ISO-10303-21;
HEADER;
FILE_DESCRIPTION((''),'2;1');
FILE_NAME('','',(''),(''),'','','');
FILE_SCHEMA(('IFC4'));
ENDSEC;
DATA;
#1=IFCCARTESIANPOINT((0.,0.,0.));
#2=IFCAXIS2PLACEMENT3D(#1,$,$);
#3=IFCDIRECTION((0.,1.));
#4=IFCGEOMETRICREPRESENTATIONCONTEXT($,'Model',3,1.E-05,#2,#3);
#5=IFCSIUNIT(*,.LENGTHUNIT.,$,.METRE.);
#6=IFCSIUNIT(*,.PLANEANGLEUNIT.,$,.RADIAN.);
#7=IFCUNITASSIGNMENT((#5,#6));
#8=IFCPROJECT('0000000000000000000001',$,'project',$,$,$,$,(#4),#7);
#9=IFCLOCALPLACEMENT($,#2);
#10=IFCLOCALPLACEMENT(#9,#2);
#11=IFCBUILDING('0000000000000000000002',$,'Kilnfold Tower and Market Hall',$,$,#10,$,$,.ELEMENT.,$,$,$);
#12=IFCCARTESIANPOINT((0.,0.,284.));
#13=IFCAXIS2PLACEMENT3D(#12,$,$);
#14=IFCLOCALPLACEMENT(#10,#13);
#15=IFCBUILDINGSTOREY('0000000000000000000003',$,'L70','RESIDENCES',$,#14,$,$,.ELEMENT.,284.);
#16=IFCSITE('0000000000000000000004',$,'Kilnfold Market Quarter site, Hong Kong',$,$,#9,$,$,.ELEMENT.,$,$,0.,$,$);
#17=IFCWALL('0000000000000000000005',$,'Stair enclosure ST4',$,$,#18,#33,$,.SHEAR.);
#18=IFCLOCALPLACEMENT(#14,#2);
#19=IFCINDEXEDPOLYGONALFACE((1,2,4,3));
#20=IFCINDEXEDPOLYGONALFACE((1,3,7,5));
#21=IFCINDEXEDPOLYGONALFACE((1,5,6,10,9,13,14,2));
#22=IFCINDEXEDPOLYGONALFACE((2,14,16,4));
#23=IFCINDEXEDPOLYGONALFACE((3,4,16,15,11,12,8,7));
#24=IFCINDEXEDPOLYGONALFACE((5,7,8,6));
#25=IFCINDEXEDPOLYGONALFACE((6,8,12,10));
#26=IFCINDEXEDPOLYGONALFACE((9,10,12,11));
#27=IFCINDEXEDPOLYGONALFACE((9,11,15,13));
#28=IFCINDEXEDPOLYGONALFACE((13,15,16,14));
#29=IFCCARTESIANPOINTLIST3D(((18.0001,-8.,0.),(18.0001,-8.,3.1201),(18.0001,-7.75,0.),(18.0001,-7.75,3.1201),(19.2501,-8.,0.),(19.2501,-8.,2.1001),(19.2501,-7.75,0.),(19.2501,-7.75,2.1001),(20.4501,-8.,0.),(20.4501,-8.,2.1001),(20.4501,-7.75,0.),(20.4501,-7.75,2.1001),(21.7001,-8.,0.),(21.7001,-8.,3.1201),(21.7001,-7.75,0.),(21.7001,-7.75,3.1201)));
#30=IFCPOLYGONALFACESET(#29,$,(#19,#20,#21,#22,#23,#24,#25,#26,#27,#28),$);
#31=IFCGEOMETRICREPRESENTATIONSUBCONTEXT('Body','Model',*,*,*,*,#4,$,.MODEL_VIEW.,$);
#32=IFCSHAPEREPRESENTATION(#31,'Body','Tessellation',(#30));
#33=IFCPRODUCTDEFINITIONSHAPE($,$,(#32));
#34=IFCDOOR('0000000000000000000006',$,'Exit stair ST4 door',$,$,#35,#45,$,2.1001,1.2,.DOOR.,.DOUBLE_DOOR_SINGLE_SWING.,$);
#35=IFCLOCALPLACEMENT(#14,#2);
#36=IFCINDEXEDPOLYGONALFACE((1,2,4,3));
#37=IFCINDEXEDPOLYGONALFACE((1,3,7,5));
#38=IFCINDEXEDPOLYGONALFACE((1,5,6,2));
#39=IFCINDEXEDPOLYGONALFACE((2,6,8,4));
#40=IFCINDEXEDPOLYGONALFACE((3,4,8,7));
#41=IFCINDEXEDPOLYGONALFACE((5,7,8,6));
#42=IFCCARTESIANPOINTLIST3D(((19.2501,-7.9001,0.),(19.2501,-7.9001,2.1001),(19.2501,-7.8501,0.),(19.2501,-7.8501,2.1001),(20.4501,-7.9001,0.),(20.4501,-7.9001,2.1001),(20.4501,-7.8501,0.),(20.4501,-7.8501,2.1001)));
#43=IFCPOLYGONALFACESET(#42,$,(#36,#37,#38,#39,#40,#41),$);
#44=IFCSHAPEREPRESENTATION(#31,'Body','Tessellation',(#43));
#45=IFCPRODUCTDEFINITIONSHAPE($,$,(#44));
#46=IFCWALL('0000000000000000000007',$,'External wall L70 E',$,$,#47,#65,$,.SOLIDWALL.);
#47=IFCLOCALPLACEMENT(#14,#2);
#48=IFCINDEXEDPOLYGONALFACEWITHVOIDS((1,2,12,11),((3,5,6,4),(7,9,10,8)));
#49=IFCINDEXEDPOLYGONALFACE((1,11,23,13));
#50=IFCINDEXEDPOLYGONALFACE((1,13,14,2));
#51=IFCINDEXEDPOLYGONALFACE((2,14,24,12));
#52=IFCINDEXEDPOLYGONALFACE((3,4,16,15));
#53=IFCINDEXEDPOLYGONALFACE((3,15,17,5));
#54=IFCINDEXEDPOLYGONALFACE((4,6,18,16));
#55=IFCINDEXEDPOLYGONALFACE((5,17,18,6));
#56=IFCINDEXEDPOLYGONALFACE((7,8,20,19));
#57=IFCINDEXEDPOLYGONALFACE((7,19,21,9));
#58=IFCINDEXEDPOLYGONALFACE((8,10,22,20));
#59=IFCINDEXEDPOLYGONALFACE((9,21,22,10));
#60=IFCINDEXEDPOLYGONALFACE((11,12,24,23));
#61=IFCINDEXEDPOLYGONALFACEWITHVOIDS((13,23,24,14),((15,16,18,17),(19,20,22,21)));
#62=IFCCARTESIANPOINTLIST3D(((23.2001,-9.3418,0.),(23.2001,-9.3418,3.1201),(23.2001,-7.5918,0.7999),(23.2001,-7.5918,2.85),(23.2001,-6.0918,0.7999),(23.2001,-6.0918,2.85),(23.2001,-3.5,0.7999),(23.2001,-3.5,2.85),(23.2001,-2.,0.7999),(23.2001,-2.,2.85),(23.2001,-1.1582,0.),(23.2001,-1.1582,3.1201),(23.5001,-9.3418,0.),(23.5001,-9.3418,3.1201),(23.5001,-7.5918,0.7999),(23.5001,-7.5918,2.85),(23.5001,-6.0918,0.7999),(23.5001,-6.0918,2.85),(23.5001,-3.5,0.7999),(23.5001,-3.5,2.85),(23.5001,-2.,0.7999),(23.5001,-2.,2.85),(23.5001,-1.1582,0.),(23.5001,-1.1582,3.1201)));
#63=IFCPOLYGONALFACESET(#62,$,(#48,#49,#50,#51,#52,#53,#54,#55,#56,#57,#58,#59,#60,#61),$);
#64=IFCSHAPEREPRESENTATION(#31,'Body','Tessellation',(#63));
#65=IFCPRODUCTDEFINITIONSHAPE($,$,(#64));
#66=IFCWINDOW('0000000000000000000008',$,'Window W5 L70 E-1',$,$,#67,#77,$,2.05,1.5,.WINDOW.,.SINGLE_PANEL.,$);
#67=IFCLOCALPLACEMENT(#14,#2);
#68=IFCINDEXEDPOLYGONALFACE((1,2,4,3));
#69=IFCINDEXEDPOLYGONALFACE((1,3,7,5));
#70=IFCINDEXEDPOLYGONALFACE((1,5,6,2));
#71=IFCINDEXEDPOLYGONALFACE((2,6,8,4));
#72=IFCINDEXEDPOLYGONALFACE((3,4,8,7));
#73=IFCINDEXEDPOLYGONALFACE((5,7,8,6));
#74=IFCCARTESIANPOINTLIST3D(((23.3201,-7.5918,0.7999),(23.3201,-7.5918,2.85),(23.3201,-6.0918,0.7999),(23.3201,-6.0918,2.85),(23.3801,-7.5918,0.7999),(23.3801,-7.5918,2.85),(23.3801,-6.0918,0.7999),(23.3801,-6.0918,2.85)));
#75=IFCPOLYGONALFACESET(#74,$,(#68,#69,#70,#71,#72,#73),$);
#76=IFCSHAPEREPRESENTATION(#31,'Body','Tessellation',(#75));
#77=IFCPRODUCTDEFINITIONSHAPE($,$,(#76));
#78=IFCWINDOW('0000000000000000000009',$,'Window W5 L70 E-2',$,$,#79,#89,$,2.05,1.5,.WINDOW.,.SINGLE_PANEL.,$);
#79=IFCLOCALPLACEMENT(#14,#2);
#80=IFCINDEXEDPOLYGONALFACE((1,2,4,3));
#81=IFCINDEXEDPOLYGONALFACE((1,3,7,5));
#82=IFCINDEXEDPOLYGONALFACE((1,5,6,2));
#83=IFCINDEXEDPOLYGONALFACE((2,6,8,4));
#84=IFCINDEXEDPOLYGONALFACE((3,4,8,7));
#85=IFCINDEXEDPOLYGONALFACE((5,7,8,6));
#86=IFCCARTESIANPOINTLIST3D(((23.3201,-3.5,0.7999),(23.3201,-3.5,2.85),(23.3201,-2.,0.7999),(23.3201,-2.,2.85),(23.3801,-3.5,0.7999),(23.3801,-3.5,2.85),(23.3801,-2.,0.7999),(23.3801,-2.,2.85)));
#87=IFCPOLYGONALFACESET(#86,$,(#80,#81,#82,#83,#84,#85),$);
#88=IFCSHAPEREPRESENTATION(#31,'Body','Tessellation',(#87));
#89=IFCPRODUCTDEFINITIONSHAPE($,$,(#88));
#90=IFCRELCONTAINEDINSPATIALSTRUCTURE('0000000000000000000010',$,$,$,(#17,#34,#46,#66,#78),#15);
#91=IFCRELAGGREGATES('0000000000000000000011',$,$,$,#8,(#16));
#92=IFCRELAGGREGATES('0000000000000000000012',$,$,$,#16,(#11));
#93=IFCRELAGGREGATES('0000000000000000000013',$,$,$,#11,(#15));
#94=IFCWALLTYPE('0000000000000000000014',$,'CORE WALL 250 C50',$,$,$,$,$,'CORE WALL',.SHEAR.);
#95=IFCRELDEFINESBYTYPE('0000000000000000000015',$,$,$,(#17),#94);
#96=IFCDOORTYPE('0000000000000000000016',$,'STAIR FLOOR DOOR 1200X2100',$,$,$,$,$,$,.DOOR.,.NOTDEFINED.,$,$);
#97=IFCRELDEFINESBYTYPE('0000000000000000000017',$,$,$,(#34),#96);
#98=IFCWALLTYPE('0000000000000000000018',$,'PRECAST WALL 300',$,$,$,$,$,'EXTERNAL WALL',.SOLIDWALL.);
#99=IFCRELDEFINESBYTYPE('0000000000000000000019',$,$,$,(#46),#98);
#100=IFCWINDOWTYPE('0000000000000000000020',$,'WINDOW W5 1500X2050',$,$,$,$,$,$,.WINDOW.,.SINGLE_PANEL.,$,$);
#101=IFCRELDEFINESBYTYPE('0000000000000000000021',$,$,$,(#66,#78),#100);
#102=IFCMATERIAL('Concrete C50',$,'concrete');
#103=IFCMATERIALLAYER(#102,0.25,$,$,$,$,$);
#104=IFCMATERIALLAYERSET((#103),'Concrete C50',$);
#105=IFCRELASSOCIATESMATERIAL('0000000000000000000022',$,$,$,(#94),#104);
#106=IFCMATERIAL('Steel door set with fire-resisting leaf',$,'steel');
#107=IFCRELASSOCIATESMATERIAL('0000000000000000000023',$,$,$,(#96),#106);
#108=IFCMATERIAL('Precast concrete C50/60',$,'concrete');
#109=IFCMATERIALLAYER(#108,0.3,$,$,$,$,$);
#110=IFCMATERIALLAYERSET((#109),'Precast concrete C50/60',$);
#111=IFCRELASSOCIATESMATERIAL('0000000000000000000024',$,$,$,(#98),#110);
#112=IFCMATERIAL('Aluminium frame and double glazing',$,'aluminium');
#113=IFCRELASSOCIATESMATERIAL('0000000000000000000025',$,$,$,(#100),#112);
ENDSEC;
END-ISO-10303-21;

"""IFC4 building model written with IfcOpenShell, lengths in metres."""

from ifc_helpers import new_model, si_unit, direction, frame, frame_2d, origin, place, context, subcontext, project, spatial, rectangle, extrude, source, transform, mapped, material, layer, layer_set, type_object, element, fill, save


model = new_model("IFC4")

# Units and contexts
model_context = context("Model", 3, precision=1e-05, world=origin(), true_north=direction((0.0, 1.0)))
body_context = subcontext(model_context, "Body", "Model", "MODEL_VIEW")
ifc_project = project(units=[si_unit("LENGTHUNIT", "METRE"), si_unit("PLANEANGLEUNIT", "RADIAN")], contexts=[model_context])

# Site, building, storey
site_placement = place(None, origin())
site = spatial("IfcSite", under=ifc_project, at=site_placement, Name="Kilnfold Market Quarter site, Hong Kong", CompositionType="ELEMENT", RefElevation=0.0)
building_placement = place(site_placement, origin())
building = spatial("IfcBuilding", under=site, at=building_placement, Name="Kilnfold Tower and Market Hall", CompositionType="ELEMENT")
storey_placement = place(building_placement, frame((0.0, 0.0, 284.0)))
storey = spatial("IfcBuildingStorey", under=building, at=storey_placement, Name="L70", Description="RESIDENCES", CompositionType="ELEMENT", Elevation=284.0)

# Wall, opening, door
ifc_material_1 = material(Name="Concrete C50", Category="concrete")
ifc_layer_1 = layer(ifc_material_1, 0.25)
ifc_layer_set_1 = layer_set([ifc_layer_1], Name="Concrete C50")
wall_type_1 = type_object("IfcWallType", Name="CORE WALL 250 C50", ElementType="CORE WALL", PredefinedType="SHEAR", material=ifc_layer_set_1)
shared_shape_1 = source(origin(), body_context, "Body", "SweptSolid", [
    extrude(rectangle(XDim=3.7, YDim=0.25, at=frame_2d((1.8501, 0.0))), origin(), (0.0, 0.0, 1.0), 3.1201),
])
wall_1_placement = place(storey_placement, frame((18.0, -7.875, 0.0), z_axis=(0.0, 0.0, 1.0), x_axis=(1.0, 0.0, 0.0)))
wall_1 = element("IfcWall", 1, at=wall_1_placement, inside=storey, type_object=wall_type_1, Name="Stair enclosure ST4", PredefinedType="SHEAR", context=body_context, shape_type="MappedRepresentation", body=[
    mapped(shared_shape_1, transform((0.0, 0.0, 0.0))),
])
opening_1_placement = place(wall_1_placement, frame((1.25, 0.0, 0.0)))
opening_1 = element("IfcOpeningElement", 2, at=opening_1_placement, cuts=wall_1, PredefinedType="OPENING", context=body_context, shape_type="SweptSolid", body=[
    extrude(rectangle(XDim=1.2, YDim=2.1001, at=frame_2d((0.6001, 1.05))), frame((0.0, 0.135, 0.0), z_axis=(0.0, -1.0, 0.0), x_axis=(1.0, 0.0, 0.0)), (0.0, 0.0, 1.0), 0.27),
])
ifc_material_2 = material(Name="Steel door set with fire-resisting leaf", Category="steel")
door_type_1 = type_object("IfcDoorType", Name="STAIR FLOOR DOOR 1200X2100", OperationType="NOTDEFINED", PredefinedType="DOOR", material=ifc_material_2)
door_1_placement = place(opening_1_placement, origin())
door_1 = element("IfcDoor", 3, at=door_1_placement, inside=storey, type_object=door_type_1, Name="Exit stair ST4 door", OperationType="DOUBLE_DOOR_SINGLE_SWING", OverallHeight=2.1001, OverallWidth=1.2, PredefinedType="DOOR", context=body_context, shape_type="SweptSolid", body=[
    extrude(rectangle(XDim=1.2, YDim=2.1001, at=frame_2d((0.6001, 1.05))), frame((0.0, 0.0249, 0.0), z_axis=(0.0, -1.0, 0.0), x_axis=(1.0, 0.0, 0.0)), (0.0, 0.0, 1.0), 0.05),
])
fill(opening_1, door_1)

# Wall, openings, windows
ifc_material_3 = material(Name="Precast concrete C50/60", Category="concrete")
ifc_layer_2 = layer(ifc_material_3, 0.3)
ifc_layer_set_2 = layer_set([ifc_layer_2], Name="Precast concrete C50/60")
wall_type_2 = type_object("IfcWallType", Name="PRECAST WALL 300", ElementType="EXTERNAL WALL", PredefinedType="SOLIDWALL", material=ifc_layer_set_2)
shared_shape_2 = source(origin(), body_context, "Body", "SweptSolid", [
    extrude(rectangle(XDim=8.1836, YDim=0.3, at=frame_2d((4.0918, 0.0))), origin(), (0.0, 0.0, 1.0), 3.1201),
])
wall_2_placement = place(storey_placement, frame((23.3501, -9.3418, 0.0), z_axis=(0.0, 0.0, 1.0), x_axis=(0.0, 1.0, 0.0)))
wall_2 = element("IfcWall", 4, at=wall_2_placement, inside=storey, type_object=wall_type_2, Name="External wall L70 E", PredefinedType="SOLIDWALL", context=body_context, shape_type="MappedRepresentation", body=[
    mapped(shared_shape_2, transform((0.0, 0.0, 0.0))),
])
opening_2_placement = place(wall_2_placement, frame((1.75, 0.0, 0.8)))
opening_2 = element("IfcOpeningElement", 5, at=opening_2_placement, cuts=wall_2, PredefinedType="OPENING", context=body_context, shape_type="SweptSolid", body=[
    extrude(rectangle(XDim=1.5, YDim=2.05, at=frame_2d((0.75, 1.0249))), frame((0.0, 0.1602, 0.0), z_axis=(0.0, -1.0, 0.0), x_axis=(1.0, 0.0, 0.0)), (0.0, 0.0, 1.0), 0.3201),
])
opening_3_placement = place(wall_2_placement, frame((5.8418, 0.0, 0.8)))
opening_3 = element("IfcOpeningElement", 6, at=opening_3_placement, cuts=wall_2, PredefinedType="OPENING", context=body_context, shape_type="SweptSolid", body=[
    extrude(rectangle(XDim=1.5, YDim=2.05, at=frame_2d((0.75, 1.0249))), frame((0.0, 0.1602, 0.0), z_axis=(0.0, -1.0, 0.0), x_axis=(1.0, 0.0, 0.0)), (0.0, 0.0, 1.0), 0.3201),
])
ifc_material_4 = material(Name="Aluminium frame and double glazing", Category="aluminium")
window_type = type_object("IfcWindowType", Name="WINDOW W5 1500X2050", PartitioningType="SINGLE_PANEL", PredefinedType="WINDOW", material=ifc_material_4)
window_1_placement = place(opening_2_placement, origin())
window_1 = element("IfcWindow", 7, at=window_1_placement, inside=storey, type_object=window_type, Name="Window W5 L70 E-1", OverallHeight=2.05, OverallWidth=1.5, PartitioningType="SINGLE_PANEL", PredefinedType="WINDOW", context=body_context, shape_type="SweptSolid", body=[
    extrude(rectangle(XDim=1.5, YDim=2.05, at=frame_2d((0.75, 1.0249))), frame((0.0, 0.03, 0.0), z_axis=(0.0, -1.0, 0.0), x_axis=(1.0, 0.0, 0.0)), (0.0, 0.0, 1.0), 0.0601),
])
fill(opening_2, window_1)
window_2_placement = place(opening_3_placement, origin())
window_2 = element("IfcWindow", 8, at=window_2_placement, inside=storey, type_object=window_type, Name="Window W5 L70 E-2", OverallHeight=2.05, OverallWidth=1.5, PartitioningType="SINGLE_PANEL", PredefinedType="WINDOW", context=body_context, shape_type="SweptSolid", body=[
    extrude(rectangle(XDim=1.5, YDim=2.05, at=frame_2d((0.75, 1.0249))), frame((0.0, 0.03, 0.0), z_axis=(0.0, -1.0, 0.0), x_axis=(1.0, 0.0, 0.0)), (0.0, 0.0, 1.0), 0.0601),
])
fill(opening_3, window_2)

save(model, "model.ifc")
